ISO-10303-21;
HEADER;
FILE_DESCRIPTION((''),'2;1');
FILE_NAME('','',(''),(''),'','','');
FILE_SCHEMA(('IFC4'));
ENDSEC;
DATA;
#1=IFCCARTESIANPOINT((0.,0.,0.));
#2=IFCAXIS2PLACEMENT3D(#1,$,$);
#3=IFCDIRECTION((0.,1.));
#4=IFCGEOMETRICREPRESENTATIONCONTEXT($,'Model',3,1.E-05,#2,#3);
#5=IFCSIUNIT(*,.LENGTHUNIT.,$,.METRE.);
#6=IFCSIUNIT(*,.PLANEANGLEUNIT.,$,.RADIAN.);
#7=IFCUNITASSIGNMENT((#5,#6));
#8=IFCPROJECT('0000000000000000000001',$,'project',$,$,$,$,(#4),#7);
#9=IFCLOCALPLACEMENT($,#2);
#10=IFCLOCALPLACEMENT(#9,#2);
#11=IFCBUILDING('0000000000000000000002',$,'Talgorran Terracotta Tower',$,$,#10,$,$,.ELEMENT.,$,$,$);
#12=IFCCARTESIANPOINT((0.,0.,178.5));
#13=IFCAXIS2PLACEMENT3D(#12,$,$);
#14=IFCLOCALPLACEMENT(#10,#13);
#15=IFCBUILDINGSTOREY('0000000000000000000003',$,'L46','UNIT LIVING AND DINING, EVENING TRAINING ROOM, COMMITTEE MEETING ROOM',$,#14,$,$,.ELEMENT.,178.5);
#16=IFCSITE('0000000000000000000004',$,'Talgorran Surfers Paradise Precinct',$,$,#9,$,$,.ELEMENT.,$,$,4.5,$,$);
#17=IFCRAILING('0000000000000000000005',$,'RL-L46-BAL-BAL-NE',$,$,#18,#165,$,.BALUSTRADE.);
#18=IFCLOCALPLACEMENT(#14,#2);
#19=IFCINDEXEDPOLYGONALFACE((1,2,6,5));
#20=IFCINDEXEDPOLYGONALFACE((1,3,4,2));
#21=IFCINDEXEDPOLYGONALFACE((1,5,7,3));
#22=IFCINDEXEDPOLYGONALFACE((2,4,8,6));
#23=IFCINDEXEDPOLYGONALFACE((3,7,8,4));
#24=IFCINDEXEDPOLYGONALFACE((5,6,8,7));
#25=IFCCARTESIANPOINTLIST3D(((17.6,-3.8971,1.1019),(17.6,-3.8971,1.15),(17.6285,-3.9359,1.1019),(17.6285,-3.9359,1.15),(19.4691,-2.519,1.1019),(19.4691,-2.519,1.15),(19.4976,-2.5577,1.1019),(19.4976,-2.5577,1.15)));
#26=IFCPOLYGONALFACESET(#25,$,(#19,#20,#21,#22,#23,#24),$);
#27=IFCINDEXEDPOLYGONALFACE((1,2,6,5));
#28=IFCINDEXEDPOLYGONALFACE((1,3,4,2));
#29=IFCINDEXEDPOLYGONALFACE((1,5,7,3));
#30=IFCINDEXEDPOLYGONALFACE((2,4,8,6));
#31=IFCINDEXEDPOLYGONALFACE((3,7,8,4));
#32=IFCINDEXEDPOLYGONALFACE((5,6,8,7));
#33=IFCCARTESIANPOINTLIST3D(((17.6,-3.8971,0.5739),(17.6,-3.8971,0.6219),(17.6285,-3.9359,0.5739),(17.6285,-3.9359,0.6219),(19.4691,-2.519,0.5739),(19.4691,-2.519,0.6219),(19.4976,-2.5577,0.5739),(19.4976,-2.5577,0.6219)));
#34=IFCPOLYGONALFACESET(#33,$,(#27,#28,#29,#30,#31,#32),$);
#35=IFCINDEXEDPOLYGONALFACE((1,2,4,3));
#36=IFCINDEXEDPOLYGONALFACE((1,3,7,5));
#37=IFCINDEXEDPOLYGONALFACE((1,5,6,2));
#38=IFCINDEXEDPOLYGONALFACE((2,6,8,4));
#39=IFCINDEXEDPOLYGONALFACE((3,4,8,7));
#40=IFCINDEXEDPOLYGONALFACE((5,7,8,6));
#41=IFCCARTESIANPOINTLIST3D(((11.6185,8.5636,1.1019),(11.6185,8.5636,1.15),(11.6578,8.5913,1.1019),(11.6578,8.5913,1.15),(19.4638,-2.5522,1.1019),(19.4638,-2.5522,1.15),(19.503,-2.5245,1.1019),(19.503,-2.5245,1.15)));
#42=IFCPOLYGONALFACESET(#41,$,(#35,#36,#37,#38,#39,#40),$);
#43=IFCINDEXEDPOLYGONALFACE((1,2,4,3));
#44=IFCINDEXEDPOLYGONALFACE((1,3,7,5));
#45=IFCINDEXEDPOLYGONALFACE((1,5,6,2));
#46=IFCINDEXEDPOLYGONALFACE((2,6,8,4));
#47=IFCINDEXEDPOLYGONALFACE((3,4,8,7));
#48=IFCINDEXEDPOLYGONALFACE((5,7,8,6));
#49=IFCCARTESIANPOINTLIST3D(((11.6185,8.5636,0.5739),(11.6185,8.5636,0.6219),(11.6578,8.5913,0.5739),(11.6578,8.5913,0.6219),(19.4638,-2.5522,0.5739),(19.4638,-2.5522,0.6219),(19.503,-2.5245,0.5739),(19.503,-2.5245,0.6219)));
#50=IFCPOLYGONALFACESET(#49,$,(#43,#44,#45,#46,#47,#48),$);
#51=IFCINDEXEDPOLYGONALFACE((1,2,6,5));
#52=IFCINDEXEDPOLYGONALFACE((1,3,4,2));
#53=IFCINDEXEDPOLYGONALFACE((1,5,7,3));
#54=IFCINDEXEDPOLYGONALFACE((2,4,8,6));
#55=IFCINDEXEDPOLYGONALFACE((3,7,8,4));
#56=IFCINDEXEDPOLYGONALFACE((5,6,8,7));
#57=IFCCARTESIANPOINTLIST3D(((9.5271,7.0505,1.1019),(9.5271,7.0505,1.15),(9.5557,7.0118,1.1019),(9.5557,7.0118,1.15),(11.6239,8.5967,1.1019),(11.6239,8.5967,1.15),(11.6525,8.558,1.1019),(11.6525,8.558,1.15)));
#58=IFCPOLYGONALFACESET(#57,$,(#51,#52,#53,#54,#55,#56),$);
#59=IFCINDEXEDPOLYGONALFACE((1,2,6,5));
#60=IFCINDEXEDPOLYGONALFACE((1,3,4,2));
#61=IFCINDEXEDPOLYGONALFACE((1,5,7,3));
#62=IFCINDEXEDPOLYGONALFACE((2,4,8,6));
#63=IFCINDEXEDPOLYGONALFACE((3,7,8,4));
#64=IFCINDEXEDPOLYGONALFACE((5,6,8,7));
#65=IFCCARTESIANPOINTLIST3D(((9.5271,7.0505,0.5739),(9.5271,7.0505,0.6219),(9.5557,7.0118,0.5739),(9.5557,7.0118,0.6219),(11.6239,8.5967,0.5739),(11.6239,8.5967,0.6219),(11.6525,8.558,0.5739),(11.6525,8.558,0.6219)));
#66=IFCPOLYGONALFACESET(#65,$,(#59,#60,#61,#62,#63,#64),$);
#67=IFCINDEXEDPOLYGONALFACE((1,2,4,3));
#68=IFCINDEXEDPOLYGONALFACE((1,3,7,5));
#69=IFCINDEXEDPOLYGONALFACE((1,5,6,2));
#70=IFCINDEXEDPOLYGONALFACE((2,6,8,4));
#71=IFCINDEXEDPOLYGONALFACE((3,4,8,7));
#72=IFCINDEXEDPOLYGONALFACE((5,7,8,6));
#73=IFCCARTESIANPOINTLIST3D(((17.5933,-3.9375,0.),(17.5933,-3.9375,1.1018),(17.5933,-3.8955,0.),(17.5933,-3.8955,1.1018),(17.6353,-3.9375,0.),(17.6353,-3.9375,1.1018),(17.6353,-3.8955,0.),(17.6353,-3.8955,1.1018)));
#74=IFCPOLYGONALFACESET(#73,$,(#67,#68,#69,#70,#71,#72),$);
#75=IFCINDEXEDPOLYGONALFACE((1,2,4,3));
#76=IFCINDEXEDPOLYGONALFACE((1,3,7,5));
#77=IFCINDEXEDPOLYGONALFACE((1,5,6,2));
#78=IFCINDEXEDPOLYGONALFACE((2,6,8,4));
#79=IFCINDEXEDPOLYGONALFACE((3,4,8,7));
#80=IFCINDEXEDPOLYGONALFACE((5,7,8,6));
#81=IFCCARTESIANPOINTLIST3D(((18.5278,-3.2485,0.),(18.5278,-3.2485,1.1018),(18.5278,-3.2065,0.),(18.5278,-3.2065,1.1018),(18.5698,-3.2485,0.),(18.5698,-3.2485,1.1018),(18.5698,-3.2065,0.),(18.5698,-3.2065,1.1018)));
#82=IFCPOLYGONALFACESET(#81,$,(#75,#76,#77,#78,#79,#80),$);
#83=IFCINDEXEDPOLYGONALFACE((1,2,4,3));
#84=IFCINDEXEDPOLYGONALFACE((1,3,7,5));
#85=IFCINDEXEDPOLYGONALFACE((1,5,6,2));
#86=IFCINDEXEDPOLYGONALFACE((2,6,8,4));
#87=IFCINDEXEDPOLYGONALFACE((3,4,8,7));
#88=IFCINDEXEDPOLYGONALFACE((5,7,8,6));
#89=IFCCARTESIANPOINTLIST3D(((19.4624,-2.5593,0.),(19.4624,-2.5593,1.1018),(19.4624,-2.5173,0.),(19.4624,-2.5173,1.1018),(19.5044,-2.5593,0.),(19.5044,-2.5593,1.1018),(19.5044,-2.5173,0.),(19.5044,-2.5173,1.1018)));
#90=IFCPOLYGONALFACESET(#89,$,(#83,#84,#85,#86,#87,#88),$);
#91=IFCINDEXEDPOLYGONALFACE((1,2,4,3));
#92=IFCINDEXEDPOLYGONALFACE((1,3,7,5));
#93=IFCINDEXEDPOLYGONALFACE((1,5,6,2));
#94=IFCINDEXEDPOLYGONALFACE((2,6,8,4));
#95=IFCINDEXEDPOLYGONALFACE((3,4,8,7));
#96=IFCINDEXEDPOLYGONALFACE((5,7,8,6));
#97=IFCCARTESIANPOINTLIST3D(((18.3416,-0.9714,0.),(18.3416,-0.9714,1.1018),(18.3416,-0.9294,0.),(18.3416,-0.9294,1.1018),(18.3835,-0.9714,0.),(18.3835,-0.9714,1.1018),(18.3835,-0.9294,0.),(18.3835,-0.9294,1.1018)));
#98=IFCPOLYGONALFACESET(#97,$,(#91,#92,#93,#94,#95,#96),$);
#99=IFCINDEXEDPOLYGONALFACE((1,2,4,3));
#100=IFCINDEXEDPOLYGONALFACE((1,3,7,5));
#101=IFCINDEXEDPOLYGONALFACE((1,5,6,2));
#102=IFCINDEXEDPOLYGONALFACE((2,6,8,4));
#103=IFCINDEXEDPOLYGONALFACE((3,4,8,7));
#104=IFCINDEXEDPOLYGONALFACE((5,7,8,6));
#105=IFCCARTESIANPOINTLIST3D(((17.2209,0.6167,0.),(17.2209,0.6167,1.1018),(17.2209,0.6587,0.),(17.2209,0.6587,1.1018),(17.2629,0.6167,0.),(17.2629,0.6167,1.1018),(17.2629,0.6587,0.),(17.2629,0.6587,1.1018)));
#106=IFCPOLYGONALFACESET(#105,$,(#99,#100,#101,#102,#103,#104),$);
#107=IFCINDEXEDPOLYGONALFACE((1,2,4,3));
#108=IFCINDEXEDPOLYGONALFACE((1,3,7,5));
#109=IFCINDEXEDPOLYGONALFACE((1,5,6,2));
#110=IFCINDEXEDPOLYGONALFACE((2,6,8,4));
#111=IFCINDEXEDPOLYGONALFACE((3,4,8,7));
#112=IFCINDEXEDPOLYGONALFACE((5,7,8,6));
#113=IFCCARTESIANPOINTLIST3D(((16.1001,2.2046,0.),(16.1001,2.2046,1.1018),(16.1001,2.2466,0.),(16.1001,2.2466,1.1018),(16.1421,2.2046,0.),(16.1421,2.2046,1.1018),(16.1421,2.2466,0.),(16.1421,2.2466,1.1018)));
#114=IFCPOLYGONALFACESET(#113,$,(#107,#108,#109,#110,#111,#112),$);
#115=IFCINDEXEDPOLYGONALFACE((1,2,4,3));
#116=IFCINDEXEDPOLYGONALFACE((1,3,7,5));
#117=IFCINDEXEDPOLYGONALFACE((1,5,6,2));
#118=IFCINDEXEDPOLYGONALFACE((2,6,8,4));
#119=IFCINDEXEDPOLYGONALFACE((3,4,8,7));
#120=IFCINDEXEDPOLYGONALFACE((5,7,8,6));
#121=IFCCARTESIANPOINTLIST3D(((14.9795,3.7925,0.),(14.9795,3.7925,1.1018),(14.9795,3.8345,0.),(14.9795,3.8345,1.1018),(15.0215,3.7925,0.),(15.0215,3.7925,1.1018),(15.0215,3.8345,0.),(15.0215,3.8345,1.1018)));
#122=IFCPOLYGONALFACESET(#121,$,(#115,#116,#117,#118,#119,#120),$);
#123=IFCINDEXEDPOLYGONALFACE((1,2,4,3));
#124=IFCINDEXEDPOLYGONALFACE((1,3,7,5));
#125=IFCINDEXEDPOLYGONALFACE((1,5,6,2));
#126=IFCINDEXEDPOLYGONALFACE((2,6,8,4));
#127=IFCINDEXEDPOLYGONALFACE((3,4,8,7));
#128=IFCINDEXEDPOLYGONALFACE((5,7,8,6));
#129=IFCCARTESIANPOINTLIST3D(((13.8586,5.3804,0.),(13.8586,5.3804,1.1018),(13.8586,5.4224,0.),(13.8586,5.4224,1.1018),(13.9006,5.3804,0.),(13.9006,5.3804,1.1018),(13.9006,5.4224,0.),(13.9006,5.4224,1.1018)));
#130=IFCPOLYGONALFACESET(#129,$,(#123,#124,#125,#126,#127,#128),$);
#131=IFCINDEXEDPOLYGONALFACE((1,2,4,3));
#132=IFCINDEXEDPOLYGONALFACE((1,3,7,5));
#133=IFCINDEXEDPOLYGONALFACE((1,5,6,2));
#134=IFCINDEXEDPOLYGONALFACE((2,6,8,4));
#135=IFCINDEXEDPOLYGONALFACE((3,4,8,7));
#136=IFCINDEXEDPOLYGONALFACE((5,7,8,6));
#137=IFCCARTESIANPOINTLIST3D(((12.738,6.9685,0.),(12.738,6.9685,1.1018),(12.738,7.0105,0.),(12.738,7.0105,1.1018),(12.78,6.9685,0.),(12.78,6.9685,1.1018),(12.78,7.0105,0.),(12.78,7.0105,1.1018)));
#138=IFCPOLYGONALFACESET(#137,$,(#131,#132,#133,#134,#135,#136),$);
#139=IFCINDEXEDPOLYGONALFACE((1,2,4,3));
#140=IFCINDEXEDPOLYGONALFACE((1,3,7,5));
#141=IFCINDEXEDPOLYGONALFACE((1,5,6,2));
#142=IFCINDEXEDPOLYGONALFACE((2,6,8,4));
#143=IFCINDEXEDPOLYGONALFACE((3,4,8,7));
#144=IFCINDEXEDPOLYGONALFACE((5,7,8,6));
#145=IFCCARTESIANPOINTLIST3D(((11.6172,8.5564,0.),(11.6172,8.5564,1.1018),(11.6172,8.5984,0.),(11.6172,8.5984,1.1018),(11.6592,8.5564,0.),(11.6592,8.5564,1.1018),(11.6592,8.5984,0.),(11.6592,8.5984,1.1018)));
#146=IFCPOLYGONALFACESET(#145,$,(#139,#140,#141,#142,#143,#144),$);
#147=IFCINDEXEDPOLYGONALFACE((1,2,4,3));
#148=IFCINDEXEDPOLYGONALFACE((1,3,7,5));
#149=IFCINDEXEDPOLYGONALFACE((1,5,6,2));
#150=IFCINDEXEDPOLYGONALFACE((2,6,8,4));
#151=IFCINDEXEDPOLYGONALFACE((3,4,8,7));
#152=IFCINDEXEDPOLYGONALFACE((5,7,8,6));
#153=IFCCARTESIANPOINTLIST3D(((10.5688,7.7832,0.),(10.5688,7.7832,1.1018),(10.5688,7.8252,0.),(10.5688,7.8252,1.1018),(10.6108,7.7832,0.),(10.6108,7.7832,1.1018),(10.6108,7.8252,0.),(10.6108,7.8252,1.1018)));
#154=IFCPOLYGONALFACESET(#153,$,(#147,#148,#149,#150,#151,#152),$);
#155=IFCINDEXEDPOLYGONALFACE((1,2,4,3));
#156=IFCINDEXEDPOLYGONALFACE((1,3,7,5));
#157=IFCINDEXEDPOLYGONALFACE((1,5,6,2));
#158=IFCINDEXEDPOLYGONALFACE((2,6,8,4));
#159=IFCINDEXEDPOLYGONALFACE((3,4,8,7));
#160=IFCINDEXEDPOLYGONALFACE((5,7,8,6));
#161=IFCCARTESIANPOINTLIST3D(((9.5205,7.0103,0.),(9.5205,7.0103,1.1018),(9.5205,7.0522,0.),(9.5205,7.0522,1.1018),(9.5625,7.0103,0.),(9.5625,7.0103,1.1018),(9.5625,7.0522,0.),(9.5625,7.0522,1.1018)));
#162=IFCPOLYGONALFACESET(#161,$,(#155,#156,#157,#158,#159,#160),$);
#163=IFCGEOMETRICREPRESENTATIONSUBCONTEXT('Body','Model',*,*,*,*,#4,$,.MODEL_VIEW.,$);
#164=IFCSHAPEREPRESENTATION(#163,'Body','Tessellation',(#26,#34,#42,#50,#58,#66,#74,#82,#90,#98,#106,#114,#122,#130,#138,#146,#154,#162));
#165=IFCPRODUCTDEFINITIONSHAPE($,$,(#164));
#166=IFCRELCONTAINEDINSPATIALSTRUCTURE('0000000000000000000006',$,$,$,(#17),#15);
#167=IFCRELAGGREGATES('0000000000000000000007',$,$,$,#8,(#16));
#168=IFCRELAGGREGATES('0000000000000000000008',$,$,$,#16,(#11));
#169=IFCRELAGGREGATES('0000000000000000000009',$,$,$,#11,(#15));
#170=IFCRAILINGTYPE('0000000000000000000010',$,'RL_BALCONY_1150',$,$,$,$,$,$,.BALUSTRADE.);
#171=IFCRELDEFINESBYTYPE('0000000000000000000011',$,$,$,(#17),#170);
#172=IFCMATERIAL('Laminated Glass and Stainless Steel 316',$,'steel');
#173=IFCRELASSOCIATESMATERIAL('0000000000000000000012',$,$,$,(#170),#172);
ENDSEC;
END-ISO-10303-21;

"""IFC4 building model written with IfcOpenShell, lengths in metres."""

from ifc_helpers import new_model, si_unit, direction, frame, origin, origin_2d, place, context, subcontext, project, spatial, rectangle, extrude, material, type_object, element, save


model = new_model("IFC4")

# Units and contexts
model_context = context("Model", 3, precision=1e-05, world=origin(), true_north=direction((0.0, 1.0)))
body_context = subcontext(model_context, "Body", "Model", "MODEL_VIEW")
ifc_project = project(units=[si_unit("LENGTHUNIT", "METRE"), si_unit("PLANEANGLEUNIT", "RADIAN")], contexts=[model_context])

# Site, building, storey
site_placement = place(None, origin())
site = spatial("IfcSite", under=ifc_project, at=site_placement, Name="Talgorran Surfers Paradise Precinct", CompositionType="ELEMENT", RefElevation=4.5)
building_placement = place(site_placement, origin())
building = spatial("IfcBuilding", under=site, at=building_placement, Name="Talgorran Terracotta Tower", CompositionType="ELEMENT")
storey_placement = place(building_placement, frame((0.0, 0.0, 178.5)))
storey = spatial("IfcBuildingStorey", under=building, at=storey_placement, Name="L46", Description="UNIT LIVING AND DINING, EVENING TRAINING ROOM, COMMITTEE MEETING ROOM", CompositionType="ELEMENT", Elevation=178.5)

# Railing
ifc_material_1 = material(Name="Laminated Glass and Stainless Steel 316", Category="steel")
railing_type = type_object("IfcRailingType", Name="RL_BALCONY_1150", PredefinedType="BALUSTRADE", material=ifc_material_1)
railing_placement = place(storey_placement, frame((17.6143, -3.9165, 0.0)))
element("IfcRailing", 1, at=railing_placement, inside=storey, type_object=railing_type, Name="RL-L46-BAL-BAL-NE", PredefinedType="BALUSTRADE", context=body_context, shape_type="SweptSolid", body=[
    extrude(rectangle(XDim=0.0481, YDim=0.0481, at=origin_2d()), frame((0.0, 0.0, 1.126), z_axis=(0.804868, 0.593454, 0.0), x_axis=(-0.593454, 0.804868, 0.0)), (0.0, 0.0, 1.0), 2.3223),
    extrude(rectangle(XDim=0.0481, YDim=0.0481, at=origin_2d()), frame((0.0, 0.0, 0.5979), z_axis=(0.804868, 0.593454, 0.0), x_axis=(-0.593454, 0.804868, 0.0)), (0.0, 0.0, 1.0), 2.3223),
    extrude(rectangle(XDim=0.0481, YDim=0.0481, at=origin_2d()), frame((1.8691, 1.3782, 1.126), z_axis=(-0.576625, 0.817009, 0.0), x_axis=(-0.817009, -0.576625, 0.0)), (0.0, 0.0, 1.0), 13.6055),
    extrude(rectangle(XDim=0.0481, YDim=0.0481, at=origin_2d()), frame((1.8691, 1.3782, 0.5979), z_axis=(-0.576625, 0.817009, 0.0), x_axis=(-0.817009, -0.576625, 0.0)), (0.0, 0.0, 1.0), 13.6055),
    extrude(rectangle(XDim=0.0481, YDim=0.0481, at=origin_2d()), frame((-5.9761, 12.4939, 1.126), z_axis=(-0.804832, -0.593503, 0.0), x_axis=(0.593503, -0.804832, 0.0)), (0.0, 0.0, 1.0), 2.6052),
    extrude(rectangle(XDim=0.0481, YDim=0.0481, at=origin_2d()), frame((-5.9761, 12.4939, 0.5979), z_axis=(-0.804832, -0.593503, 0.0), x_axis=(0.593503, -0.804832, 0.0)), (0.0, 0.0, 1.0), 2.6052),
    extrude(rectangle(XDim=0.042, YDim=0.042, at=origin_2d()), origin(), (0.0, 0.0, 1.0), 1.1018),
    extrude(rectangle(XDim=0.042, YDim=0.042, at=origin_2d()), frame((0.9346, 0.689, 0.0)), (0.0, 0.0, 1.0), 1.1018),
    extrude(rectangle(XDim=0.042, YDim=0.042, at=origin_2d()), frame((1.8691, 1.3782, 0.0)), (0.0, 0.0, 1.0), 1.1018),
    extrude(rectangle(XDim=0.042, YDim=0.042, at=origin_2d()), frame((0.7483, 2.9661, 0.0)), (0.0, 0.0, 1.0), 1.1018),
    extrude(rectangle(XDim=0.042, YDim=0.042, at=origin_2d()), frame((-0.3723, 4.5542, 0.0)), (0.0, 0.0, 1.0), 1.1018),
    extrude(rectangle(XDim=0.042, YDim=0.042, at=origin_2d()), frame((-1.4932, 6.1421, 0.0)), (0.0, 0.0, 1.0), 1.1018),
    extrude(rectangle(XDim=0.042, YDim=0.042, at=origin_2d()), frame((-2.6138, 7.73, 0.0)), (0.0, 0.0, 1.0), 1.1018),
    extrude(rectangle(XDim=0.042, YDim=0.042, at=origin_2d()), frame((-3.7346, 9.3179, 0.0)), (0.0, 0.0, 1.0), 1.1018),
    extrude(rectangle(XDim=0.042, YDim=0.042, at=origin_2d()), frame((-4.8552, 10.906, 0.0)), (0.0, 0.0, 1.0), 1.1018),
    extrude(rectangle(XDim=0.042, YDim=0.042, at=origin_2d()), frame((-5.9761, 12.4939, 0.0)), (0.0, 0.0, 1.0), 1.1018),
    extrude(rectangle(XDim=0.042, YDim=0.042, at=origin_2d()), frame((-7.0244, 11.7207, 0.0)), (0.0, 0.0, 1.0), 1.1018),
    extrude(rectangle(XDim=0.042, YDim=0.042, at=origin_2d()), frame((-8.0728, 10.9478, 0.0)), (0.0, 0.0, 1.0), 1.1018),
])

save(model, "model.ifc")
